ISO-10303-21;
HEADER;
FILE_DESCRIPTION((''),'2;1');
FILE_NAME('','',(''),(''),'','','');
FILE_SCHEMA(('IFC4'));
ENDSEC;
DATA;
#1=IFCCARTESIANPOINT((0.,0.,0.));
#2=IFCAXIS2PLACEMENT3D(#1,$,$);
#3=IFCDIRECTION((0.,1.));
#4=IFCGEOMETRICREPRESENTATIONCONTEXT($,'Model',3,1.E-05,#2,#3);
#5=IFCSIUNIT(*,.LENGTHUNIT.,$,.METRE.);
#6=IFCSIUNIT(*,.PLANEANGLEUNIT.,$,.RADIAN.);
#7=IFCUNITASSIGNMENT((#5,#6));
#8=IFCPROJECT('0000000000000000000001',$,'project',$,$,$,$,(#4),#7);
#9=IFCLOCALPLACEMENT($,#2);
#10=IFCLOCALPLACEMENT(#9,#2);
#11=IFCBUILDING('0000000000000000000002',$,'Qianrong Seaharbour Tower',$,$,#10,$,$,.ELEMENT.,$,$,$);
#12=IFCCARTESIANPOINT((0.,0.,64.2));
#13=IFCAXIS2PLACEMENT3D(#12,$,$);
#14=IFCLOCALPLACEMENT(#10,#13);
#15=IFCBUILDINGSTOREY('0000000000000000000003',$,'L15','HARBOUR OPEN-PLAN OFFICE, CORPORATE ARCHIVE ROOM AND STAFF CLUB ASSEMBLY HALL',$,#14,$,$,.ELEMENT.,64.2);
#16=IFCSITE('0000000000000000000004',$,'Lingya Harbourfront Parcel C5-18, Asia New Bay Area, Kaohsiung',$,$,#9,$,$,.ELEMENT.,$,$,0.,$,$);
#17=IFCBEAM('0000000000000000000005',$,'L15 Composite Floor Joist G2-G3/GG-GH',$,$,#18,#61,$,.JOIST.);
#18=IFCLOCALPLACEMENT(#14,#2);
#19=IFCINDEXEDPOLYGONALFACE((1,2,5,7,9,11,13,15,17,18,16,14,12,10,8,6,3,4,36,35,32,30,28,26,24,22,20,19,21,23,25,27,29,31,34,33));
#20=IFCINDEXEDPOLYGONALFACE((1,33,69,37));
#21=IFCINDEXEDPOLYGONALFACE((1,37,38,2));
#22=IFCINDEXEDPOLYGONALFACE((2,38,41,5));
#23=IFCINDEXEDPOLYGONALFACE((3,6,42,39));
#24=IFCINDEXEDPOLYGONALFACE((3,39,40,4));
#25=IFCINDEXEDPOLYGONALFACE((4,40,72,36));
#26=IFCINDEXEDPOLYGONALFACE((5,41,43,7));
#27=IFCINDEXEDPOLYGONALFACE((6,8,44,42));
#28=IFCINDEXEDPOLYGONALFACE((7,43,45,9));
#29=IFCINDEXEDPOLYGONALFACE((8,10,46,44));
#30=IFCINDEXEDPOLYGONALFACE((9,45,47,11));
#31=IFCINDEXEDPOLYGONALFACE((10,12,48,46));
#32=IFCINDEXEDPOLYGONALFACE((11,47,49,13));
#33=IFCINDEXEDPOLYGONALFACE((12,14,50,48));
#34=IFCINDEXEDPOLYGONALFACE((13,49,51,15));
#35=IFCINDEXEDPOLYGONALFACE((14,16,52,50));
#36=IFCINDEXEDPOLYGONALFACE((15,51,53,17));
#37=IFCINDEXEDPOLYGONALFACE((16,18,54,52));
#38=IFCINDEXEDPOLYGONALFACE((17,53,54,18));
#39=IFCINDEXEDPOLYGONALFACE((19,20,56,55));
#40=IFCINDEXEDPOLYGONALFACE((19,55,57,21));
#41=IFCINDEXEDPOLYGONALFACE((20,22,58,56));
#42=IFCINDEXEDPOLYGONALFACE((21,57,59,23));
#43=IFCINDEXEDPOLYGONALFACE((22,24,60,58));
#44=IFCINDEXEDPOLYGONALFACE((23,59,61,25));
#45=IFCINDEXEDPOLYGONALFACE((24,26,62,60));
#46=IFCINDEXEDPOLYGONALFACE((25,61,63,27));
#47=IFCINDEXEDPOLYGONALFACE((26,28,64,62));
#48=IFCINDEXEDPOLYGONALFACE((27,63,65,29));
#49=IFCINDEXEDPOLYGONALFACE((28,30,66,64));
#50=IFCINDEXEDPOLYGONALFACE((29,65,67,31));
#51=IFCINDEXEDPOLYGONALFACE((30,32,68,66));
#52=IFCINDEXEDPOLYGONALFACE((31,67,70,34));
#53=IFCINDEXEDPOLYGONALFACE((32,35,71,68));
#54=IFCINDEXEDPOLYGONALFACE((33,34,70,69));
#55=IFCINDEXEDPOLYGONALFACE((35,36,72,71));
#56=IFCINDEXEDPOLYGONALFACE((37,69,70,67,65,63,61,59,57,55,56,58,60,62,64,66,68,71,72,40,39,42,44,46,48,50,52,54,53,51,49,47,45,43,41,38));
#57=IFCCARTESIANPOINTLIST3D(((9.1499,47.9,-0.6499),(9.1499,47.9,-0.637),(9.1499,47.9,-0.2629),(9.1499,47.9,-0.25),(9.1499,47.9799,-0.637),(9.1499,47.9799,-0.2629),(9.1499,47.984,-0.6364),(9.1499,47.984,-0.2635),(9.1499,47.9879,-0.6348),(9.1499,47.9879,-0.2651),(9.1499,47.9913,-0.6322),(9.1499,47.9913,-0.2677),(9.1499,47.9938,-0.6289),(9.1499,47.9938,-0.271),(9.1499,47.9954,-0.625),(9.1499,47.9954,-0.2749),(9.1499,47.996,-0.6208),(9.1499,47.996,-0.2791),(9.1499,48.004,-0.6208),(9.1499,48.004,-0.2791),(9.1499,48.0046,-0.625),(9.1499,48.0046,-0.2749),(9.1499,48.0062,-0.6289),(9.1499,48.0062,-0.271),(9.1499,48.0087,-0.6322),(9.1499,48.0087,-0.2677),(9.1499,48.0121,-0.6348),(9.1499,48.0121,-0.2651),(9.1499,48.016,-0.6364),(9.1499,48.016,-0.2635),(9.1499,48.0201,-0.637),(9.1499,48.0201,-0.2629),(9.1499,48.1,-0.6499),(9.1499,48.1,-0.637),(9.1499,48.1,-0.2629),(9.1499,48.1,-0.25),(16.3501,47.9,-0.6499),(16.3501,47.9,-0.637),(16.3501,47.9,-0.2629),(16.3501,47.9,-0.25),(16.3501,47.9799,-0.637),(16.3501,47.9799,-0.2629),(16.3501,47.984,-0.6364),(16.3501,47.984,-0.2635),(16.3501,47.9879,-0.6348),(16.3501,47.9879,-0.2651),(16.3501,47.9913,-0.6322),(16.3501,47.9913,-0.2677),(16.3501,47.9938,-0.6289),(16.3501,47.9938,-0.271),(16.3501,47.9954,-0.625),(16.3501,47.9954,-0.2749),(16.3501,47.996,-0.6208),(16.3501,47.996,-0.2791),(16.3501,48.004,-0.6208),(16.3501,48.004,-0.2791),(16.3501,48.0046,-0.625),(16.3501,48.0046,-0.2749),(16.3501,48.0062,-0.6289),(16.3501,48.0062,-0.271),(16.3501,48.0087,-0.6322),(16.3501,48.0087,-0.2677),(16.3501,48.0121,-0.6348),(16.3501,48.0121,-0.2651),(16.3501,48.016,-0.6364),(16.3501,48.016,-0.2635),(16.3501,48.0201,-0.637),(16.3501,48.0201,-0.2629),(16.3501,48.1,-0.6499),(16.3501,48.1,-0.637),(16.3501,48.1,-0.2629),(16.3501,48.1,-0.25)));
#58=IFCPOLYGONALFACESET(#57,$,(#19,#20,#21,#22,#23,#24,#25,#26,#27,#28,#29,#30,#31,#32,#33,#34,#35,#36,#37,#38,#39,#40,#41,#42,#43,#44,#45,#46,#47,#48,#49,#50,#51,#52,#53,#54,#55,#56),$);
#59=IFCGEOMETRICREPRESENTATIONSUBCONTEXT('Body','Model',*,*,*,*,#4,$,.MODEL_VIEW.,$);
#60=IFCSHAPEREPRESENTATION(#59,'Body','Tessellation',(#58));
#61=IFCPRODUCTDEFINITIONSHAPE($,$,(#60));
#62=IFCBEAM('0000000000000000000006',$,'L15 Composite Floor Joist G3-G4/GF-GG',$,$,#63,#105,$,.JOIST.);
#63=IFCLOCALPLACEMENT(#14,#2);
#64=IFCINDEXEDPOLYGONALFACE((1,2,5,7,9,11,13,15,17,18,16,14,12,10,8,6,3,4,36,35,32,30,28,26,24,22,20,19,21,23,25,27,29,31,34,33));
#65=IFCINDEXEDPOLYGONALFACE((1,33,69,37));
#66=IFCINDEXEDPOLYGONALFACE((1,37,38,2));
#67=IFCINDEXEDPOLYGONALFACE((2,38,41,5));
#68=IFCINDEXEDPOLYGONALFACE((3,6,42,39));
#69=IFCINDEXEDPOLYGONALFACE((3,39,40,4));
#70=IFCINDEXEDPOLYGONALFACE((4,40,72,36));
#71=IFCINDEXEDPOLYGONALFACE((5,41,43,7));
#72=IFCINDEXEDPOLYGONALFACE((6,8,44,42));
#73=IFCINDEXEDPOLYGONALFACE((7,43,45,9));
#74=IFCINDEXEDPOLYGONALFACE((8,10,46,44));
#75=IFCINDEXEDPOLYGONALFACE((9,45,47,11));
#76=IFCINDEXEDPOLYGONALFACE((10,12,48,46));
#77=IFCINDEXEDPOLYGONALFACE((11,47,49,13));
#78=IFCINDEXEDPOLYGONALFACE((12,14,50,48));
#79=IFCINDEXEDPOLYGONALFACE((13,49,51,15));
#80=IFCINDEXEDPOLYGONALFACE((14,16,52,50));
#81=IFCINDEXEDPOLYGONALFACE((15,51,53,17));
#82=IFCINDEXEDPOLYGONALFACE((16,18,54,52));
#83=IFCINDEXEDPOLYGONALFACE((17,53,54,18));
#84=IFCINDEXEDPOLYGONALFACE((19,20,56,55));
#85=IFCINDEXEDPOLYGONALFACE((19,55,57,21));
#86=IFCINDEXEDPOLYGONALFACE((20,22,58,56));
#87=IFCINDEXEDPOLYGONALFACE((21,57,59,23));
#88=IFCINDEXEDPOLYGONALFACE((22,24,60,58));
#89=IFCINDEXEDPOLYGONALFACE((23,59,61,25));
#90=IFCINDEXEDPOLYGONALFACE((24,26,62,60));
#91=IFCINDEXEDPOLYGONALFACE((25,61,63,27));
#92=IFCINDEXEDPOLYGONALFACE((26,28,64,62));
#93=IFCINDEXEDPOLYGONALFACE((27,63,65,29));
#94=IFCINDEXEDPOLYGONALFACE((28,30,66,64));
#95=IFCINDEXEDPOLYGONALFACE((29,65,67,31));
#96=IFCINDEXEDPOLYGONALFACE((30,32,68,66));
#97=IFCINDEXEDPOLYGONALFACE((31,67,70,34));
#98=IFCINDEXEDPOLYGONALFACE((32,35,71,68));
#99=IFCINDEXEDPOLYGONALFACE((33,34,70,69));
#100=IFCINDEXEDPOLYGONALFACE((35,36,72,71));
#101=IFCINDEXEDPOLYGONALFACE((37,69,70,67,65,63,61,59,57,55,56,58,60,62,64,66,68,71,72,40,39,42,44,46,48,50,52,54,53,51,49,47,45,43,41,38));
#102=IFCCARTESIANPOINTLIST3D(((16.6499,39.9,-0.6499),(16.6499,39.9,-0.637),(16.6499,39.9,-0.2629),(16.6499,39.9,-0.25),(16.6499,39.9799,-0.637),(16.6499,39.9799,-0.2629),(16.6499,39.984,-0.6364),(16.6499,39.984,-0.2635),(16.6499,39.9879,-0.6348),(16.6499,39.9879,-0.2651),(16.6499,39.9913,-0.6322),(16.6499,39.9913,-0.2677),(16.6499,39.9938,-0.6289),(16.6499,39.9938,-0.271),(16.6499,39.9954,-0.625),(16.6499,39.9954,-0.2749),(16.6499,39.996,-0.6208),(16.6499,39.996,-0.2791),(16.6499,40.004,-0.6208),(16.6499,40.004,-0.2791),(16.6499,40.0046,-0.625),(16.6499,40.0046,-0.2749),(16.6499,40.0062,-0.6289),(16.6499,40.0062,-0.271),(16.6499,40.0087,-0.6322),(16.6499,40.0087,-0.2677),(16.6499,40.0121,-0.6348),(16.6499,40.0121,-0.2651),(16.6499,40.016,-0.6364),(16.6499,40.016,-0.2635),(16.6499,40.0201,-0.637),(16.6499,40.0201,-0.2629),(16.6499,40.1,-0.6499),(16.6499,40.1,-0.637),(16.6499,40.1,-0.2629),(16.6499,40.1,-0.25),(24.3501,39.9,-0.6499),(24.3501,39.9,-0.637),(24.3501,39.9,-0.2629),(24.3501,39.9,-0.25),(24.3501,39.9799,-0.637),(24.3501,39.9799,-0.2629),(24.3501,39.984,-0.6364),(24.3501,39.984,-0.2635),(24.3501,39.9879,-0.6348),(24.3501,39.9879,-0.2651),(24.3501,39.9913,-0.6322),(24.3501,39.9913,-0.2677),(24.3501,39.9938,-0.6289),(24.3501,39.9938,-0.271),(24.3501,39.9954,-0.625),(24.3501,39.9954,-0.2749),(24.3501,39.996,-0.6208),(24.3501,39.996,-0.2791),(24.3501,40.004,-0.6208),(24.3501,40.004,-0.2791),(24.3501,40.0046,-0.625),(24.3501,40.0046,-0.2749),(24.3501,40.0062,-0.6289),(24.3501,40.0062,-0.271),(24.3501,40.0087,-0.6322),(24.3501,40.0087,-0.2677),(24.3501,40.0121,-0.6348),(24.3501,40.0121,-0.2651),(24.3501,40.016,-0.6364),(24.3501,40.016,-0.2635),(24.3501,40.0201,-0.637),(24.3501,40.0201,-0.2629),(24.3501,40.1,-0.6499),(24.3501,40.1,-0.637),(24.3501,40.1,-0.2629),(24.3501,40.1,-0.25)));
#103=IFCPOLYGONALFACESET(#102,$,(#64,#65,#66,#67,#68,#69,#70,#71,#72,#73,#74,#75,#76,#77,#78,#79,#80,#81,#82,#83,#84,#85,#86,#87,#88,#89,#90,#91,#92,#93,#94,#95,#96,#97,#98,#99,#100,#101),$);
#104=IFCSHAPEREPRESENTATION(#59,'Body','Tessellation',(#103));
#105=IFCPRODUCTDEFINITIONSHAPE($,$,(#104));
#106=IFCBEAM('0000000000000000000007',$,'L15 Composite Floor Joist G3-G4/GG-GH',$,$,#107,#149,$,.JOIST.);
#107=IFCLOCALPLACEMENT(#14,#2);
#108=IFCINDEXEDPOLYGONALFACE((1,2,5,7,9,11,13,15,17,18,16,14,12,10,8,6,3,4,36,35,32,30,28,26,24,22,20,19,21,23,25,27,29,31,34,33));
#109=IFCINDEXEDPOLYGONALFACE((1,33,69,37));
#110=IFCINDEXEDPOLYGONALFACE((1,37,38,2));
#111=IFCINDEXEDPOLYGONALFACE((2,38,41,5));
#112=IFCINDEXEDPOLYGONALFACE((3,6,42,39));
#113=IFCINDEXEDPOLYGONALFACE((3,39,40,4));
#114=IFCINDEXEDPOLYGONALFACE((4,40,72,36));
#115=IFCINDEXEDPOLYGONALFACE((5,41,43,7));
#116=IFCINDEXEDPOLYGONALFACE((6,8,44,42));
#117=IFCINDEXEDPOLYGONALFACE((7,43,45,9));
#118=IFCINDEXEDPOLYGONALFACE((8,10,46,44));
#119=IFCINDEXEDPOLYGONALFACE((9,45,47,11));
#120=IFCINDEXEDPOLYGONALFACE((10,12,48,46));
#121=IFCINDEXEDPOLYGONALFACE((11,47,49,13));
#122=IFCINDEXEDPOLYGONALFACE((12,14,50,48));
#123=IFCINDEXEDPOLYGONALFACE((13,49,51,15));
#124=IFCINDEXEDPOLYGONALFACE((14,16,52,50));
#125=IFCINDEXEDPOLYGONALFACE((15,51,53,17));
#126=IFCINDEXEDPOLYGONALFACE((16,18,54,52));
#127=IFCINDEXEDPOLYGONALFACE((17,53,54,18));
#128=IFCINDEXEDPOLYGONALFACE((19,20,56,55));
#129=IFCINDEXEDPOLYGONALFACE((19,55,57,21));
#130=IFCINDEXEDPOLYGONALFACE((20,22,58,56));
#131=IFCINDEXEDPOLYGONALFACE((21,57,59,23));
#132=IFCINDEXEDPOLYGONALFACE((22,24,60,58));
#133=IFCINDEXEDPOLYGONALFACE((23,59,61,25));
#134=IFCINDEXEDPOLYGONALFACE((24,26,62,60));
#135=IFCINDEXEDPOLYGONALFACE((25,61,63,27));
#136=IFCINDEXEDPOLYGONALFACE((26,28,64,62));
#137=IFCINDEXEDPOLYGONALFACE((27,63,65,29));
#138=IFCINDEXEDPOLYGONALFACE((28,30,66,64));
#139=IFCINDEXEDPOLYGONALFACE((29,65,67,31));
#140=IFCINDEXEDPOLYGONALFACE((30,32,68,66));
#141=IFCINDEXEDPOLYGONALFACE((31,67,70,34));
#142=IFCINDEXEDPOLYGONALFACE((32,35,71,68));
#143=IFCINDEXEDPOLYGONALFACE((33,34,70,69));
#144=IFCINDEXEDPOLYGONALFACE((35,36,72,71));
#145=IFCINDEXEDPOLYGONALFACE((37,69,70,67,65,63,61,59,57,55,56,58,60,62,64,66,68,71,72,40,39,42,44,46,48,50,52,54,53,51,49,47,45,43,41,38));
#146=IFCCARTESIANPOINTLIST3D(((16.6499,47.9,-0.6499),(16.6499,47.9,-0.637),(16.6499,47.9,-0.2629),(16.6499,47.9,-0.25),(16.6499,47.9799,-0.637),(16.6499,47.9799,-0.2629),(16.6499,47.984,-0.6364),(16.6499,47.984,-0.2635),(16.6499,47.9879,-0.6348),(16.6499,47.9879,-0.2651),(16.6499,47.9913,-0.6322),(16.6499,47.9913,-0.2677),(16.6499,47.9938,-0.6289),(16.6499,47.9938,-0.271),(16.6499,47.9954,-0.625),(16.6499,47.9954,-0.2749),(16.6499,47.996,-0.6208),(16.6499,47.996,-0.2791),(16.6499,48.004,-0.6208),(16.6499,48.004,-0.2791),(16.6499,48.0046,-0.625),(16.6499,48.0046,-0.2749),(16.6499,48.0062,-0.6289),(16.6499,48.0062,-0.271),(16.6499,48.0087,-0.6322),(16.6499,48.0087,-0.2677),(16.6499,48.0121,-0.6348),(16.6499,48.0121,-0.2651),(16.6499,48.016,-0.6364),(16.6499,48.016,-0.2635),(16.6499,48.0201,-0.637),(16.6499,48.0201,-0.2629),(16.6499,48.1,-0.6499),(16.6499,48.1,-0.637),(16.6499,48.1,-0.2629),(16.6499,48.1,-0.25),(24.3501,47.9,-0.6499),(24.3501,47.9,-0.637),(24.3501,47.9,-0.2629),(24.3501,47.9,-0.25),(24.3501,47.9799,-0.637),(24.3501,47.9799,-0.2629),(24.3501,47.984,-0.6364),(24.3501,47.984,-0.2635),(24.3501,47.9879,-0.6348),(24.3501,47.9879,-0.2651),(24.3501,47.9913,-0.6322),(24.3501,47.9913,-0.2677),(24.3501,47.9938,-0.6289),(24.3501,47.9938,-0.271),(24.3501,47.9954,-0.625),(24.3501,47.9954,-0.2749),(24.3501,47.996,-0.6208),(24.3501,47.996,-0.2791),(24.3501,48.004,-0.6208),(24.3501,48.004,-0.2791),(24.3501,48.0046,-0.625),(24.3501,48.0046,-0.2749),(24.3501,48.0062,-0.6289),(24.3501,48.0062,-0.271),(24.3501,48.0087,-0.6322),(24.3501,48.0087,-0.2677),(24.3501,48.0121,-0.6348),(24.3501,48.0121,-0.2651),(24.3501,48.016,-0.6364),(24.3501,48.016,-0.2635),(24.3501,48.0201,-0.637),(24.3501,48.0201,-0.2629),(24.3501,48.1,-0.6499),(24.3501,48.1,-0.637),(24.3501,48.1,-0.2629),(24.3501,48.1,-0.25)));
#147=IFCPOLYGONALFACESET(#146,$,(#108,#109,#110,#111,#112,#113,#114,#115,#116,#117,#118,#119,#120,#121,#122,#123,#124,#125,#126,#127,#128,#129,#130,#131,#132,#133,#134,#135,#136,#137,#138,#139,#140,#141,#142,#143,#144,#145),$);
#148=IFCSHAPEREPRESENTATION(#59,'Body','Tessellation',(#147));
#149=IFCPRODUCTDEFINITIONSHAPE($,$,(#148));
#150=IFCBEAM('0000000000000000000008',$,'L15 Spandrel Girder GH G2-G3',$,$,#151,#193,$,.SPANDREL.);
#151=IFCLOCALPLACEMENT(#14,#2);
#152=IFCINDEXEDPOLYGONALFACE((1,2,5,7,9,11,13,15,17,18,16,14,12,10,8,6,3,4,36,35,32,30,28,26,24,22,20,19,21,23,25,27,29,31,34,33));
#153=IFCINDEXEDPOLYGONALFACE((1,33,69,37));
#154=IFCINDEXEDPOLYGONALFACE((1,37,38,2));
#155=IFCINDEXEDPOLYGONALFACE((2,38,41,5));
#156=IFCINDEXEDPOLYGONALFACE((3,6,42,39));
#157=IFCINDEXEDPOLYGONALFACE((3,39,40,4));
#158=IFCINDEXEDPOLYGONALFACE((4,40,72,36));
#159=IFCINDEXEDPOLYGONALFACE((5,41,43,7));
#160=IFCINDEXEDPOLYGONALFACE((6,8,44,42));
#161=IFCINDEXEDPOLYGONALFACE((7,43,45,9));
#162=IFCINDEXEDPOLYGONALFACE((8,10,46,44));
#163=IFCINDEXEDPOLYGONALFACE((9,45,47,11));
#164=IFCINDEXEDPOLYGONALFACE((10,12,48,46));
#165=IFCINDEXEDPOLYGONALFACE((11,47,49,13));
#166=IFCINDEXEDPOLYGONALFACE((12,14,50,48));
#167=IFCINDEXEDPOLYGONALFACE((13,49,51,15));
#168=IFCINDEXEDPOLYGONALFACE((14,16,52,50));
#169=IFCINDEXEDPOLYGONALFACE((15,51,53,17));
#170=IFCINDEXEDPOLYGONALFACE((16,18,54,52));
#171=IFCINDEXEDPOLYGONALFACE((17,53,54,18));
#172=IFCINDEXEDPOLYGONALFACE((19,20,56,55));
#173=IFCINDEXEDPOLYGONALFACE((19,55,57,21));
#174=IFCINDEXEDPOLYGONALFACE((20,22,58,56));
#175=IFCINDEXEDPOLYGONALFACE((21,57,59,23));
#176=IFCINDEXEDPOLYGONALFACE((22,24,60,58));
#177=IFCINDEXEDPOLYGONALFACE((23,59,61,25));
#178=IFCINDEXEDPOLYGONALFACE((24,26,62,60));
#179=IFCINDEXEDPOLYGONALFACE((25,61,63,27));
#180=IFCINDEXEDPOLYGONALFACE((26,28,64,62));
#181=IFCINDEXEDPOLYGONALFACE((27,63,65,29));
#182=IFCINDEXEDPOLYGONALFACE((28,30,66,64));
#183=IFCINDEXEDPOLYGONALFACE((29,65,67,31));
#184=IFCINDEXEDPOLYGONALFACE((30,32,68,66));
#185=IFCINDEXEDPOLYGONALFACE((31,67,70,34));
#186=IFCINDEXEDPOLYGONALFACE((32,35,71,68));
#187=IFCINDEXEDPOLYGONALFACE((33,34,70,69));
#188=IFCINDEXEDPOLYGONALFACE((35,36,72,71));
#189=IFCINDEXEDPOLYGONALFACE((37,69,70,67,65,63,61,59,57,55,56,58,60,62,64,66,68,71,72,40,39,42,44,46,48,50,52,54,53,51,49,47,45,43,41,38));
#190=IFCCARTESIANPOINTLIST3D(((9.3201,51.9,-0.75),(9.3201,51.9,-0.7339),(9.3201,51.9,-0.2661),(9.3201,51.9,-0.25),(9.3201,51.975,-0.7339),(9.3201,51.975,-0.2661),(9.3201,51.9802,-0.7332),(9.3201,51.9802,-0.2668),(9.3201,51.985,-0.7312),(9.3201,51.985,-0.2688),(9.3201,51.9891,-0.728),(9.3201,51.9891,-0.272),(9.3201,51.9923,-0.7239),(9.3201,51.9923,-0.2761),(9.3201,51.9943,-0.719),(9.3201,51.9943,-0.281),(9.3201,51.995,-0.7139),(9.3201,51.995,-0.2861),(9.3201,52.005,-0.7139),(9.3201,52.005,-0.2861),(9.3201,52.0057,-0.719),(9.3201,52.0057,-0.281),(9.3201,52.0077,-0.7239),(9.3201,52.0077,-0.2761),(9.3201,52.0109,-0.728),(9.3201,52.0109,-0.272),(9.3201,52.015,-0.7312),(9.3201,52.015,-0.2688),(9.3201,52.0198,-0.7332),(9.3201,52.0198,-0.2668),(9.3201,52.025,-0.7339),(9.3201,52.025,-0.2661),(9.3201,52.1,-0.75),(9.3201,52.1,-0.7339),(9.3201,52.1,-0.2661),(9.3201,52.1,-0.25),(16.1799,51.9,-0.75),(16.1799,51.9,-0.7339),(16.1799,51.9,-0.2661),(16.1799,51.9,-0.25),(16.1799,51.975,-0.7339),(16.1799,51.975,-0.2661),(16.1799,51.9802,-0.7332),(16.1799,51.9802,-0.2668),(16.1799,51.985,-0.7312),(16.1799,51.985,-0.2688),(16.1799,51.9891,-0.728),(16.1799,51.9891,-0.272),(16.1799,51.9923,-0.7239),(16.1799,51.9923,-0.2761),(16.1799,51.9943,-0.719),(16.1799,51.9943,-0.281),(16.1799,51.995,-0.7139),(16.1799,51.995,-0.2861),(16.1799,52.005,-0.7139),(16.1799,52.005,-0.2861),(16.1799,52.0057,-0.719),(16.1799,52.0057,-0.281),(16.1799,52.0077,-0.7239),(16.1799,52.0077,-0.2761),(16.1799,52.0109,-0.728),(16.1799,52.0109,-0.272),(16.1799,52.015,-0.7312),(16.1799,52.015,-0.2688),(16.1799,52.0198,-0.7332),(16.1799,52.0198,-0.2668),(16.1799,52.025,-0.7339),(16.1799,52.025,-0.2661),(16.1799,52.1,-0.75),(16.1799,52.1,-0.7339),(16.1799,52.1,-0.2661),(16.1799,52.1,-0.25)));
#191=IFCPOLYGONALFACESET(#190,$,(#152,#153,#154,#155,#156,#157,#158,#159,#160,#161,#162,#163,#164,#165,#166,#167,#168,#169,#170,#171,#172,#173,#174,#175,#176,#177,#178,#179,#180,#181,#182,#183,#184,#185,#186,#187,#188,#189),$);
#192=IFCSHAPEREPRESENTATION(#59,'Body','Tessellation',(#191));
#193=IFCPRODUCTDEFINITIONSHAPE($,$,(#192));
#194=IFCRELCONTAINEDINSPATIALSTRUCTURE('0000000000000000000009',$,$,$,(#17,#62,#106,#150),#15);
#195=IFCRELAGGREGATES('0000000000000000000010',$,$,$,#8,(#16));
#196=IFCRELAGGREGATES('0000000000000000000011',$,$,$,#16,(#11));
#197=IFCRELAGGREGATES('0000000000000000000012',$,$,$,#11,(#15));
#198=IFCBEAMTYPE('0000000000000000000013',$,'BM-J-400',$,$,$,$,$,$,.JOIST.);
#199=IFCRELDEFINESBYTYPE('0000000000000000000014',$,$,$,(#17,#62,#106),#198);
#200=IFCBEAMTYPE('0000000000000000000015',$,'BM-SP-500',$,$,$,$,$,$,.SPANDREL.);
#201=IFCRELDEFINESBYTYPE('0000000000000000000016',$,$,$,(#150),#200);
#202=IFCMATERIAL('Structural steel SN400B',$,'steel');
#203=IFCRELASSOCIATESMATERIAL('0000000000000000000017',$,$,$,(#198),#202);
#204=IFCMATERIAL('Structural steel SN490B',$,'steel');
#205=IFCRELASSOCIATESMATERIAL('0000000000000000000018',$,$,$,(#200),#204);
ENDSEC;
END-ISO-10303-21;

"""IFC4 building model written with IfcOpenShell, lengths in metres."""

from ifc_helpers import new_model, si_unit, direction, frame, origin, origin_2d, place, context, subcontext, project, spatial, i_section, extrude, material, material_profile, profile_set, type_object, element, save


model = new_model("IFC4")

# Units and contexts
model_context = context("Model", 3, precision=1e-05, world=origin(), true_north=direction((0.0, 1.0)))
body_context = subcontext(model_context, "Body", "Model", "MODEL_VIEW")
ifc_project = project(units=[si_unit("LENGTHUNIT", "METRE"), si_unit("PLANEANGLEUNIT", "RADIAN")], contexts=[model_context])

# Site, building, storey
site_placement = place(None, origin())
site = spatial("IfcSite", under=ifc_project, at=site_placement, Name="Lingya Harbourfront Parcel C5-18, Asia New Bay Area, Kaohsiung", CompositionType="ELEMENT", RefElevation=0.0)
building_placement = place(site_placement, origin())
building = spatial("IfcBuilding", under=site, at=building_placement, Name="Qianrong Seaharbour Tower", CompositionType="ELEMENT")
storey_placement = place(building_placement, frame((0.0, 0.0, 64.2)))
storey = spatial("IfcBuildingStorey", under=building, at=storey_placement, Name="L15", Description="HARBOUR OPEN-PLAN OFFICE, CORPORATE ARCHIVE ROOM AND STAFF CLUB ASSEMBLY HALL", CompositionType="ELEMENT", Elevation=64.2)

# Shared definitions
ifc_material_1 = material(Name="Structural steel SN490B", Category="steel")

# Beams
ifc_material_2 = material(Name="Structural steel SN400B", Category="steel")
ifc_material_profile_1 = material_profile(ifc_material_2, i_section(OverallWidth=0.2, OverallDepth=0.3999, WebThickness=0.0081, FlangeThickness=0.0129, FilletRadius=0.0161, at=origin_2d()), Name="H400x200x8x13")
ifc_profile_set_1 = profile_set([ifc_material_profile_1], Name="Structural steel SN400B")
beam_type_1 = type_object("IfcBeamType", Name="BM-J-400", PredefinedType="JOIST", material=ifc_profile_set_1)
for number, where, z_axis, x_axis, name in (
    (1, (9.1499, 48.0, -0.45), (1.0, 0.0, 0.0), (0.0, 1.0, 0.0), "L15 Composite Floor Joist G2-G3/GG-GH"),
):
    element("IfcBeam", number, at=place(storey_placement, frame(where, z_axis=z_axis, x_axis=x_axis)), inside=storey, type_object=beam_type_1, Name=name, PredefinedType="JOIST", context=body_context, shape_type="SweptSolid", body=[
        extrude(i_section(OverallWidth=0.2, OverallDepth=0.3999, WebThickness=0.0081, FlangeThickness=0.0129, FilletRadius=0.0161, at=origin_2d()), origin(), (0.0, 0.0, 1.0), 7.2002),
    ])
for number, where, z_axis, x_axis, name in (
    (2, (16.6499, 40.0, -0.45), (1.0, 0.0, 0.0), (0.0, 1.0, 0.0), "L15 Composite Floor Joist G3-G4/GF-GG"),
    (3, (16.6499, 48.0, -0.45), (1.0, 0.0, 0.0), (0.0, 1.0, 0.0), "L15 Composite Floor Joist G3-G4/GG-GH"),
):
    element("IfcBeam", number, at=place(storey_placement, frame(where, z_axis=z_axis, x_axis=x_axis)), inside=storey, type_object=beam_type_1, Name=name, PredefinedType="JOIST", context=body_context, shape_type="SweptSolid", body=[
        extrude(i_section(OverallWidth=0.2, OverallDepth=0.3999, WebThickness=0.0081, FlangeThickness=0.0129, FilletRadius=0.0161, at=origin_2d()), origin(), (0.0, 0.0, 1.0), 7.7002),
    ])
ifc_material_profile_2 = material_profile(ifc_material_1, i_section(OverallWidth=0.2, OverallDepth=0.5, WebThickness=0.01, FlangeThickness=0.0161, FilletRadius=0.02, at=origin_2d()), Name="H500x200x10x16")
ifc_profile_set_2 = profile_set([ifc_material_profile_2], Name="Structural steel SN490B")
beam_type_2 = type_object("IfcBeamType", Name="BM-SP-500", PredefinedType="SPANDREL", material=ifc_profile_set_2)
beam_1_placement = place(storey_placement, frame((9.3201, 52.0, -0.5), z_axis=(1.0, 0.0, 0.0), x_axis=(0.0, 1.0, 0.0)))
element("IfcBeam", 4, at=beam_1_placement, inside=storey, type_object=beam_type_2, Name="L15 Spandrel Girder GH G2-G3", PredefinedType="SPANDREL", context=body_context, shape_type="SweptSolid", body=[
    extrude(i_section(OverallWidth=0.2, OverallDepth=0.5, WebThickness=0.01, FlangeThickness=0.0161, FilletRadius=0.02, at=origin_2d()), origin(), (0.0, 0.0, 1.0), 6.8599),
])

save(model, "model.ifc")
